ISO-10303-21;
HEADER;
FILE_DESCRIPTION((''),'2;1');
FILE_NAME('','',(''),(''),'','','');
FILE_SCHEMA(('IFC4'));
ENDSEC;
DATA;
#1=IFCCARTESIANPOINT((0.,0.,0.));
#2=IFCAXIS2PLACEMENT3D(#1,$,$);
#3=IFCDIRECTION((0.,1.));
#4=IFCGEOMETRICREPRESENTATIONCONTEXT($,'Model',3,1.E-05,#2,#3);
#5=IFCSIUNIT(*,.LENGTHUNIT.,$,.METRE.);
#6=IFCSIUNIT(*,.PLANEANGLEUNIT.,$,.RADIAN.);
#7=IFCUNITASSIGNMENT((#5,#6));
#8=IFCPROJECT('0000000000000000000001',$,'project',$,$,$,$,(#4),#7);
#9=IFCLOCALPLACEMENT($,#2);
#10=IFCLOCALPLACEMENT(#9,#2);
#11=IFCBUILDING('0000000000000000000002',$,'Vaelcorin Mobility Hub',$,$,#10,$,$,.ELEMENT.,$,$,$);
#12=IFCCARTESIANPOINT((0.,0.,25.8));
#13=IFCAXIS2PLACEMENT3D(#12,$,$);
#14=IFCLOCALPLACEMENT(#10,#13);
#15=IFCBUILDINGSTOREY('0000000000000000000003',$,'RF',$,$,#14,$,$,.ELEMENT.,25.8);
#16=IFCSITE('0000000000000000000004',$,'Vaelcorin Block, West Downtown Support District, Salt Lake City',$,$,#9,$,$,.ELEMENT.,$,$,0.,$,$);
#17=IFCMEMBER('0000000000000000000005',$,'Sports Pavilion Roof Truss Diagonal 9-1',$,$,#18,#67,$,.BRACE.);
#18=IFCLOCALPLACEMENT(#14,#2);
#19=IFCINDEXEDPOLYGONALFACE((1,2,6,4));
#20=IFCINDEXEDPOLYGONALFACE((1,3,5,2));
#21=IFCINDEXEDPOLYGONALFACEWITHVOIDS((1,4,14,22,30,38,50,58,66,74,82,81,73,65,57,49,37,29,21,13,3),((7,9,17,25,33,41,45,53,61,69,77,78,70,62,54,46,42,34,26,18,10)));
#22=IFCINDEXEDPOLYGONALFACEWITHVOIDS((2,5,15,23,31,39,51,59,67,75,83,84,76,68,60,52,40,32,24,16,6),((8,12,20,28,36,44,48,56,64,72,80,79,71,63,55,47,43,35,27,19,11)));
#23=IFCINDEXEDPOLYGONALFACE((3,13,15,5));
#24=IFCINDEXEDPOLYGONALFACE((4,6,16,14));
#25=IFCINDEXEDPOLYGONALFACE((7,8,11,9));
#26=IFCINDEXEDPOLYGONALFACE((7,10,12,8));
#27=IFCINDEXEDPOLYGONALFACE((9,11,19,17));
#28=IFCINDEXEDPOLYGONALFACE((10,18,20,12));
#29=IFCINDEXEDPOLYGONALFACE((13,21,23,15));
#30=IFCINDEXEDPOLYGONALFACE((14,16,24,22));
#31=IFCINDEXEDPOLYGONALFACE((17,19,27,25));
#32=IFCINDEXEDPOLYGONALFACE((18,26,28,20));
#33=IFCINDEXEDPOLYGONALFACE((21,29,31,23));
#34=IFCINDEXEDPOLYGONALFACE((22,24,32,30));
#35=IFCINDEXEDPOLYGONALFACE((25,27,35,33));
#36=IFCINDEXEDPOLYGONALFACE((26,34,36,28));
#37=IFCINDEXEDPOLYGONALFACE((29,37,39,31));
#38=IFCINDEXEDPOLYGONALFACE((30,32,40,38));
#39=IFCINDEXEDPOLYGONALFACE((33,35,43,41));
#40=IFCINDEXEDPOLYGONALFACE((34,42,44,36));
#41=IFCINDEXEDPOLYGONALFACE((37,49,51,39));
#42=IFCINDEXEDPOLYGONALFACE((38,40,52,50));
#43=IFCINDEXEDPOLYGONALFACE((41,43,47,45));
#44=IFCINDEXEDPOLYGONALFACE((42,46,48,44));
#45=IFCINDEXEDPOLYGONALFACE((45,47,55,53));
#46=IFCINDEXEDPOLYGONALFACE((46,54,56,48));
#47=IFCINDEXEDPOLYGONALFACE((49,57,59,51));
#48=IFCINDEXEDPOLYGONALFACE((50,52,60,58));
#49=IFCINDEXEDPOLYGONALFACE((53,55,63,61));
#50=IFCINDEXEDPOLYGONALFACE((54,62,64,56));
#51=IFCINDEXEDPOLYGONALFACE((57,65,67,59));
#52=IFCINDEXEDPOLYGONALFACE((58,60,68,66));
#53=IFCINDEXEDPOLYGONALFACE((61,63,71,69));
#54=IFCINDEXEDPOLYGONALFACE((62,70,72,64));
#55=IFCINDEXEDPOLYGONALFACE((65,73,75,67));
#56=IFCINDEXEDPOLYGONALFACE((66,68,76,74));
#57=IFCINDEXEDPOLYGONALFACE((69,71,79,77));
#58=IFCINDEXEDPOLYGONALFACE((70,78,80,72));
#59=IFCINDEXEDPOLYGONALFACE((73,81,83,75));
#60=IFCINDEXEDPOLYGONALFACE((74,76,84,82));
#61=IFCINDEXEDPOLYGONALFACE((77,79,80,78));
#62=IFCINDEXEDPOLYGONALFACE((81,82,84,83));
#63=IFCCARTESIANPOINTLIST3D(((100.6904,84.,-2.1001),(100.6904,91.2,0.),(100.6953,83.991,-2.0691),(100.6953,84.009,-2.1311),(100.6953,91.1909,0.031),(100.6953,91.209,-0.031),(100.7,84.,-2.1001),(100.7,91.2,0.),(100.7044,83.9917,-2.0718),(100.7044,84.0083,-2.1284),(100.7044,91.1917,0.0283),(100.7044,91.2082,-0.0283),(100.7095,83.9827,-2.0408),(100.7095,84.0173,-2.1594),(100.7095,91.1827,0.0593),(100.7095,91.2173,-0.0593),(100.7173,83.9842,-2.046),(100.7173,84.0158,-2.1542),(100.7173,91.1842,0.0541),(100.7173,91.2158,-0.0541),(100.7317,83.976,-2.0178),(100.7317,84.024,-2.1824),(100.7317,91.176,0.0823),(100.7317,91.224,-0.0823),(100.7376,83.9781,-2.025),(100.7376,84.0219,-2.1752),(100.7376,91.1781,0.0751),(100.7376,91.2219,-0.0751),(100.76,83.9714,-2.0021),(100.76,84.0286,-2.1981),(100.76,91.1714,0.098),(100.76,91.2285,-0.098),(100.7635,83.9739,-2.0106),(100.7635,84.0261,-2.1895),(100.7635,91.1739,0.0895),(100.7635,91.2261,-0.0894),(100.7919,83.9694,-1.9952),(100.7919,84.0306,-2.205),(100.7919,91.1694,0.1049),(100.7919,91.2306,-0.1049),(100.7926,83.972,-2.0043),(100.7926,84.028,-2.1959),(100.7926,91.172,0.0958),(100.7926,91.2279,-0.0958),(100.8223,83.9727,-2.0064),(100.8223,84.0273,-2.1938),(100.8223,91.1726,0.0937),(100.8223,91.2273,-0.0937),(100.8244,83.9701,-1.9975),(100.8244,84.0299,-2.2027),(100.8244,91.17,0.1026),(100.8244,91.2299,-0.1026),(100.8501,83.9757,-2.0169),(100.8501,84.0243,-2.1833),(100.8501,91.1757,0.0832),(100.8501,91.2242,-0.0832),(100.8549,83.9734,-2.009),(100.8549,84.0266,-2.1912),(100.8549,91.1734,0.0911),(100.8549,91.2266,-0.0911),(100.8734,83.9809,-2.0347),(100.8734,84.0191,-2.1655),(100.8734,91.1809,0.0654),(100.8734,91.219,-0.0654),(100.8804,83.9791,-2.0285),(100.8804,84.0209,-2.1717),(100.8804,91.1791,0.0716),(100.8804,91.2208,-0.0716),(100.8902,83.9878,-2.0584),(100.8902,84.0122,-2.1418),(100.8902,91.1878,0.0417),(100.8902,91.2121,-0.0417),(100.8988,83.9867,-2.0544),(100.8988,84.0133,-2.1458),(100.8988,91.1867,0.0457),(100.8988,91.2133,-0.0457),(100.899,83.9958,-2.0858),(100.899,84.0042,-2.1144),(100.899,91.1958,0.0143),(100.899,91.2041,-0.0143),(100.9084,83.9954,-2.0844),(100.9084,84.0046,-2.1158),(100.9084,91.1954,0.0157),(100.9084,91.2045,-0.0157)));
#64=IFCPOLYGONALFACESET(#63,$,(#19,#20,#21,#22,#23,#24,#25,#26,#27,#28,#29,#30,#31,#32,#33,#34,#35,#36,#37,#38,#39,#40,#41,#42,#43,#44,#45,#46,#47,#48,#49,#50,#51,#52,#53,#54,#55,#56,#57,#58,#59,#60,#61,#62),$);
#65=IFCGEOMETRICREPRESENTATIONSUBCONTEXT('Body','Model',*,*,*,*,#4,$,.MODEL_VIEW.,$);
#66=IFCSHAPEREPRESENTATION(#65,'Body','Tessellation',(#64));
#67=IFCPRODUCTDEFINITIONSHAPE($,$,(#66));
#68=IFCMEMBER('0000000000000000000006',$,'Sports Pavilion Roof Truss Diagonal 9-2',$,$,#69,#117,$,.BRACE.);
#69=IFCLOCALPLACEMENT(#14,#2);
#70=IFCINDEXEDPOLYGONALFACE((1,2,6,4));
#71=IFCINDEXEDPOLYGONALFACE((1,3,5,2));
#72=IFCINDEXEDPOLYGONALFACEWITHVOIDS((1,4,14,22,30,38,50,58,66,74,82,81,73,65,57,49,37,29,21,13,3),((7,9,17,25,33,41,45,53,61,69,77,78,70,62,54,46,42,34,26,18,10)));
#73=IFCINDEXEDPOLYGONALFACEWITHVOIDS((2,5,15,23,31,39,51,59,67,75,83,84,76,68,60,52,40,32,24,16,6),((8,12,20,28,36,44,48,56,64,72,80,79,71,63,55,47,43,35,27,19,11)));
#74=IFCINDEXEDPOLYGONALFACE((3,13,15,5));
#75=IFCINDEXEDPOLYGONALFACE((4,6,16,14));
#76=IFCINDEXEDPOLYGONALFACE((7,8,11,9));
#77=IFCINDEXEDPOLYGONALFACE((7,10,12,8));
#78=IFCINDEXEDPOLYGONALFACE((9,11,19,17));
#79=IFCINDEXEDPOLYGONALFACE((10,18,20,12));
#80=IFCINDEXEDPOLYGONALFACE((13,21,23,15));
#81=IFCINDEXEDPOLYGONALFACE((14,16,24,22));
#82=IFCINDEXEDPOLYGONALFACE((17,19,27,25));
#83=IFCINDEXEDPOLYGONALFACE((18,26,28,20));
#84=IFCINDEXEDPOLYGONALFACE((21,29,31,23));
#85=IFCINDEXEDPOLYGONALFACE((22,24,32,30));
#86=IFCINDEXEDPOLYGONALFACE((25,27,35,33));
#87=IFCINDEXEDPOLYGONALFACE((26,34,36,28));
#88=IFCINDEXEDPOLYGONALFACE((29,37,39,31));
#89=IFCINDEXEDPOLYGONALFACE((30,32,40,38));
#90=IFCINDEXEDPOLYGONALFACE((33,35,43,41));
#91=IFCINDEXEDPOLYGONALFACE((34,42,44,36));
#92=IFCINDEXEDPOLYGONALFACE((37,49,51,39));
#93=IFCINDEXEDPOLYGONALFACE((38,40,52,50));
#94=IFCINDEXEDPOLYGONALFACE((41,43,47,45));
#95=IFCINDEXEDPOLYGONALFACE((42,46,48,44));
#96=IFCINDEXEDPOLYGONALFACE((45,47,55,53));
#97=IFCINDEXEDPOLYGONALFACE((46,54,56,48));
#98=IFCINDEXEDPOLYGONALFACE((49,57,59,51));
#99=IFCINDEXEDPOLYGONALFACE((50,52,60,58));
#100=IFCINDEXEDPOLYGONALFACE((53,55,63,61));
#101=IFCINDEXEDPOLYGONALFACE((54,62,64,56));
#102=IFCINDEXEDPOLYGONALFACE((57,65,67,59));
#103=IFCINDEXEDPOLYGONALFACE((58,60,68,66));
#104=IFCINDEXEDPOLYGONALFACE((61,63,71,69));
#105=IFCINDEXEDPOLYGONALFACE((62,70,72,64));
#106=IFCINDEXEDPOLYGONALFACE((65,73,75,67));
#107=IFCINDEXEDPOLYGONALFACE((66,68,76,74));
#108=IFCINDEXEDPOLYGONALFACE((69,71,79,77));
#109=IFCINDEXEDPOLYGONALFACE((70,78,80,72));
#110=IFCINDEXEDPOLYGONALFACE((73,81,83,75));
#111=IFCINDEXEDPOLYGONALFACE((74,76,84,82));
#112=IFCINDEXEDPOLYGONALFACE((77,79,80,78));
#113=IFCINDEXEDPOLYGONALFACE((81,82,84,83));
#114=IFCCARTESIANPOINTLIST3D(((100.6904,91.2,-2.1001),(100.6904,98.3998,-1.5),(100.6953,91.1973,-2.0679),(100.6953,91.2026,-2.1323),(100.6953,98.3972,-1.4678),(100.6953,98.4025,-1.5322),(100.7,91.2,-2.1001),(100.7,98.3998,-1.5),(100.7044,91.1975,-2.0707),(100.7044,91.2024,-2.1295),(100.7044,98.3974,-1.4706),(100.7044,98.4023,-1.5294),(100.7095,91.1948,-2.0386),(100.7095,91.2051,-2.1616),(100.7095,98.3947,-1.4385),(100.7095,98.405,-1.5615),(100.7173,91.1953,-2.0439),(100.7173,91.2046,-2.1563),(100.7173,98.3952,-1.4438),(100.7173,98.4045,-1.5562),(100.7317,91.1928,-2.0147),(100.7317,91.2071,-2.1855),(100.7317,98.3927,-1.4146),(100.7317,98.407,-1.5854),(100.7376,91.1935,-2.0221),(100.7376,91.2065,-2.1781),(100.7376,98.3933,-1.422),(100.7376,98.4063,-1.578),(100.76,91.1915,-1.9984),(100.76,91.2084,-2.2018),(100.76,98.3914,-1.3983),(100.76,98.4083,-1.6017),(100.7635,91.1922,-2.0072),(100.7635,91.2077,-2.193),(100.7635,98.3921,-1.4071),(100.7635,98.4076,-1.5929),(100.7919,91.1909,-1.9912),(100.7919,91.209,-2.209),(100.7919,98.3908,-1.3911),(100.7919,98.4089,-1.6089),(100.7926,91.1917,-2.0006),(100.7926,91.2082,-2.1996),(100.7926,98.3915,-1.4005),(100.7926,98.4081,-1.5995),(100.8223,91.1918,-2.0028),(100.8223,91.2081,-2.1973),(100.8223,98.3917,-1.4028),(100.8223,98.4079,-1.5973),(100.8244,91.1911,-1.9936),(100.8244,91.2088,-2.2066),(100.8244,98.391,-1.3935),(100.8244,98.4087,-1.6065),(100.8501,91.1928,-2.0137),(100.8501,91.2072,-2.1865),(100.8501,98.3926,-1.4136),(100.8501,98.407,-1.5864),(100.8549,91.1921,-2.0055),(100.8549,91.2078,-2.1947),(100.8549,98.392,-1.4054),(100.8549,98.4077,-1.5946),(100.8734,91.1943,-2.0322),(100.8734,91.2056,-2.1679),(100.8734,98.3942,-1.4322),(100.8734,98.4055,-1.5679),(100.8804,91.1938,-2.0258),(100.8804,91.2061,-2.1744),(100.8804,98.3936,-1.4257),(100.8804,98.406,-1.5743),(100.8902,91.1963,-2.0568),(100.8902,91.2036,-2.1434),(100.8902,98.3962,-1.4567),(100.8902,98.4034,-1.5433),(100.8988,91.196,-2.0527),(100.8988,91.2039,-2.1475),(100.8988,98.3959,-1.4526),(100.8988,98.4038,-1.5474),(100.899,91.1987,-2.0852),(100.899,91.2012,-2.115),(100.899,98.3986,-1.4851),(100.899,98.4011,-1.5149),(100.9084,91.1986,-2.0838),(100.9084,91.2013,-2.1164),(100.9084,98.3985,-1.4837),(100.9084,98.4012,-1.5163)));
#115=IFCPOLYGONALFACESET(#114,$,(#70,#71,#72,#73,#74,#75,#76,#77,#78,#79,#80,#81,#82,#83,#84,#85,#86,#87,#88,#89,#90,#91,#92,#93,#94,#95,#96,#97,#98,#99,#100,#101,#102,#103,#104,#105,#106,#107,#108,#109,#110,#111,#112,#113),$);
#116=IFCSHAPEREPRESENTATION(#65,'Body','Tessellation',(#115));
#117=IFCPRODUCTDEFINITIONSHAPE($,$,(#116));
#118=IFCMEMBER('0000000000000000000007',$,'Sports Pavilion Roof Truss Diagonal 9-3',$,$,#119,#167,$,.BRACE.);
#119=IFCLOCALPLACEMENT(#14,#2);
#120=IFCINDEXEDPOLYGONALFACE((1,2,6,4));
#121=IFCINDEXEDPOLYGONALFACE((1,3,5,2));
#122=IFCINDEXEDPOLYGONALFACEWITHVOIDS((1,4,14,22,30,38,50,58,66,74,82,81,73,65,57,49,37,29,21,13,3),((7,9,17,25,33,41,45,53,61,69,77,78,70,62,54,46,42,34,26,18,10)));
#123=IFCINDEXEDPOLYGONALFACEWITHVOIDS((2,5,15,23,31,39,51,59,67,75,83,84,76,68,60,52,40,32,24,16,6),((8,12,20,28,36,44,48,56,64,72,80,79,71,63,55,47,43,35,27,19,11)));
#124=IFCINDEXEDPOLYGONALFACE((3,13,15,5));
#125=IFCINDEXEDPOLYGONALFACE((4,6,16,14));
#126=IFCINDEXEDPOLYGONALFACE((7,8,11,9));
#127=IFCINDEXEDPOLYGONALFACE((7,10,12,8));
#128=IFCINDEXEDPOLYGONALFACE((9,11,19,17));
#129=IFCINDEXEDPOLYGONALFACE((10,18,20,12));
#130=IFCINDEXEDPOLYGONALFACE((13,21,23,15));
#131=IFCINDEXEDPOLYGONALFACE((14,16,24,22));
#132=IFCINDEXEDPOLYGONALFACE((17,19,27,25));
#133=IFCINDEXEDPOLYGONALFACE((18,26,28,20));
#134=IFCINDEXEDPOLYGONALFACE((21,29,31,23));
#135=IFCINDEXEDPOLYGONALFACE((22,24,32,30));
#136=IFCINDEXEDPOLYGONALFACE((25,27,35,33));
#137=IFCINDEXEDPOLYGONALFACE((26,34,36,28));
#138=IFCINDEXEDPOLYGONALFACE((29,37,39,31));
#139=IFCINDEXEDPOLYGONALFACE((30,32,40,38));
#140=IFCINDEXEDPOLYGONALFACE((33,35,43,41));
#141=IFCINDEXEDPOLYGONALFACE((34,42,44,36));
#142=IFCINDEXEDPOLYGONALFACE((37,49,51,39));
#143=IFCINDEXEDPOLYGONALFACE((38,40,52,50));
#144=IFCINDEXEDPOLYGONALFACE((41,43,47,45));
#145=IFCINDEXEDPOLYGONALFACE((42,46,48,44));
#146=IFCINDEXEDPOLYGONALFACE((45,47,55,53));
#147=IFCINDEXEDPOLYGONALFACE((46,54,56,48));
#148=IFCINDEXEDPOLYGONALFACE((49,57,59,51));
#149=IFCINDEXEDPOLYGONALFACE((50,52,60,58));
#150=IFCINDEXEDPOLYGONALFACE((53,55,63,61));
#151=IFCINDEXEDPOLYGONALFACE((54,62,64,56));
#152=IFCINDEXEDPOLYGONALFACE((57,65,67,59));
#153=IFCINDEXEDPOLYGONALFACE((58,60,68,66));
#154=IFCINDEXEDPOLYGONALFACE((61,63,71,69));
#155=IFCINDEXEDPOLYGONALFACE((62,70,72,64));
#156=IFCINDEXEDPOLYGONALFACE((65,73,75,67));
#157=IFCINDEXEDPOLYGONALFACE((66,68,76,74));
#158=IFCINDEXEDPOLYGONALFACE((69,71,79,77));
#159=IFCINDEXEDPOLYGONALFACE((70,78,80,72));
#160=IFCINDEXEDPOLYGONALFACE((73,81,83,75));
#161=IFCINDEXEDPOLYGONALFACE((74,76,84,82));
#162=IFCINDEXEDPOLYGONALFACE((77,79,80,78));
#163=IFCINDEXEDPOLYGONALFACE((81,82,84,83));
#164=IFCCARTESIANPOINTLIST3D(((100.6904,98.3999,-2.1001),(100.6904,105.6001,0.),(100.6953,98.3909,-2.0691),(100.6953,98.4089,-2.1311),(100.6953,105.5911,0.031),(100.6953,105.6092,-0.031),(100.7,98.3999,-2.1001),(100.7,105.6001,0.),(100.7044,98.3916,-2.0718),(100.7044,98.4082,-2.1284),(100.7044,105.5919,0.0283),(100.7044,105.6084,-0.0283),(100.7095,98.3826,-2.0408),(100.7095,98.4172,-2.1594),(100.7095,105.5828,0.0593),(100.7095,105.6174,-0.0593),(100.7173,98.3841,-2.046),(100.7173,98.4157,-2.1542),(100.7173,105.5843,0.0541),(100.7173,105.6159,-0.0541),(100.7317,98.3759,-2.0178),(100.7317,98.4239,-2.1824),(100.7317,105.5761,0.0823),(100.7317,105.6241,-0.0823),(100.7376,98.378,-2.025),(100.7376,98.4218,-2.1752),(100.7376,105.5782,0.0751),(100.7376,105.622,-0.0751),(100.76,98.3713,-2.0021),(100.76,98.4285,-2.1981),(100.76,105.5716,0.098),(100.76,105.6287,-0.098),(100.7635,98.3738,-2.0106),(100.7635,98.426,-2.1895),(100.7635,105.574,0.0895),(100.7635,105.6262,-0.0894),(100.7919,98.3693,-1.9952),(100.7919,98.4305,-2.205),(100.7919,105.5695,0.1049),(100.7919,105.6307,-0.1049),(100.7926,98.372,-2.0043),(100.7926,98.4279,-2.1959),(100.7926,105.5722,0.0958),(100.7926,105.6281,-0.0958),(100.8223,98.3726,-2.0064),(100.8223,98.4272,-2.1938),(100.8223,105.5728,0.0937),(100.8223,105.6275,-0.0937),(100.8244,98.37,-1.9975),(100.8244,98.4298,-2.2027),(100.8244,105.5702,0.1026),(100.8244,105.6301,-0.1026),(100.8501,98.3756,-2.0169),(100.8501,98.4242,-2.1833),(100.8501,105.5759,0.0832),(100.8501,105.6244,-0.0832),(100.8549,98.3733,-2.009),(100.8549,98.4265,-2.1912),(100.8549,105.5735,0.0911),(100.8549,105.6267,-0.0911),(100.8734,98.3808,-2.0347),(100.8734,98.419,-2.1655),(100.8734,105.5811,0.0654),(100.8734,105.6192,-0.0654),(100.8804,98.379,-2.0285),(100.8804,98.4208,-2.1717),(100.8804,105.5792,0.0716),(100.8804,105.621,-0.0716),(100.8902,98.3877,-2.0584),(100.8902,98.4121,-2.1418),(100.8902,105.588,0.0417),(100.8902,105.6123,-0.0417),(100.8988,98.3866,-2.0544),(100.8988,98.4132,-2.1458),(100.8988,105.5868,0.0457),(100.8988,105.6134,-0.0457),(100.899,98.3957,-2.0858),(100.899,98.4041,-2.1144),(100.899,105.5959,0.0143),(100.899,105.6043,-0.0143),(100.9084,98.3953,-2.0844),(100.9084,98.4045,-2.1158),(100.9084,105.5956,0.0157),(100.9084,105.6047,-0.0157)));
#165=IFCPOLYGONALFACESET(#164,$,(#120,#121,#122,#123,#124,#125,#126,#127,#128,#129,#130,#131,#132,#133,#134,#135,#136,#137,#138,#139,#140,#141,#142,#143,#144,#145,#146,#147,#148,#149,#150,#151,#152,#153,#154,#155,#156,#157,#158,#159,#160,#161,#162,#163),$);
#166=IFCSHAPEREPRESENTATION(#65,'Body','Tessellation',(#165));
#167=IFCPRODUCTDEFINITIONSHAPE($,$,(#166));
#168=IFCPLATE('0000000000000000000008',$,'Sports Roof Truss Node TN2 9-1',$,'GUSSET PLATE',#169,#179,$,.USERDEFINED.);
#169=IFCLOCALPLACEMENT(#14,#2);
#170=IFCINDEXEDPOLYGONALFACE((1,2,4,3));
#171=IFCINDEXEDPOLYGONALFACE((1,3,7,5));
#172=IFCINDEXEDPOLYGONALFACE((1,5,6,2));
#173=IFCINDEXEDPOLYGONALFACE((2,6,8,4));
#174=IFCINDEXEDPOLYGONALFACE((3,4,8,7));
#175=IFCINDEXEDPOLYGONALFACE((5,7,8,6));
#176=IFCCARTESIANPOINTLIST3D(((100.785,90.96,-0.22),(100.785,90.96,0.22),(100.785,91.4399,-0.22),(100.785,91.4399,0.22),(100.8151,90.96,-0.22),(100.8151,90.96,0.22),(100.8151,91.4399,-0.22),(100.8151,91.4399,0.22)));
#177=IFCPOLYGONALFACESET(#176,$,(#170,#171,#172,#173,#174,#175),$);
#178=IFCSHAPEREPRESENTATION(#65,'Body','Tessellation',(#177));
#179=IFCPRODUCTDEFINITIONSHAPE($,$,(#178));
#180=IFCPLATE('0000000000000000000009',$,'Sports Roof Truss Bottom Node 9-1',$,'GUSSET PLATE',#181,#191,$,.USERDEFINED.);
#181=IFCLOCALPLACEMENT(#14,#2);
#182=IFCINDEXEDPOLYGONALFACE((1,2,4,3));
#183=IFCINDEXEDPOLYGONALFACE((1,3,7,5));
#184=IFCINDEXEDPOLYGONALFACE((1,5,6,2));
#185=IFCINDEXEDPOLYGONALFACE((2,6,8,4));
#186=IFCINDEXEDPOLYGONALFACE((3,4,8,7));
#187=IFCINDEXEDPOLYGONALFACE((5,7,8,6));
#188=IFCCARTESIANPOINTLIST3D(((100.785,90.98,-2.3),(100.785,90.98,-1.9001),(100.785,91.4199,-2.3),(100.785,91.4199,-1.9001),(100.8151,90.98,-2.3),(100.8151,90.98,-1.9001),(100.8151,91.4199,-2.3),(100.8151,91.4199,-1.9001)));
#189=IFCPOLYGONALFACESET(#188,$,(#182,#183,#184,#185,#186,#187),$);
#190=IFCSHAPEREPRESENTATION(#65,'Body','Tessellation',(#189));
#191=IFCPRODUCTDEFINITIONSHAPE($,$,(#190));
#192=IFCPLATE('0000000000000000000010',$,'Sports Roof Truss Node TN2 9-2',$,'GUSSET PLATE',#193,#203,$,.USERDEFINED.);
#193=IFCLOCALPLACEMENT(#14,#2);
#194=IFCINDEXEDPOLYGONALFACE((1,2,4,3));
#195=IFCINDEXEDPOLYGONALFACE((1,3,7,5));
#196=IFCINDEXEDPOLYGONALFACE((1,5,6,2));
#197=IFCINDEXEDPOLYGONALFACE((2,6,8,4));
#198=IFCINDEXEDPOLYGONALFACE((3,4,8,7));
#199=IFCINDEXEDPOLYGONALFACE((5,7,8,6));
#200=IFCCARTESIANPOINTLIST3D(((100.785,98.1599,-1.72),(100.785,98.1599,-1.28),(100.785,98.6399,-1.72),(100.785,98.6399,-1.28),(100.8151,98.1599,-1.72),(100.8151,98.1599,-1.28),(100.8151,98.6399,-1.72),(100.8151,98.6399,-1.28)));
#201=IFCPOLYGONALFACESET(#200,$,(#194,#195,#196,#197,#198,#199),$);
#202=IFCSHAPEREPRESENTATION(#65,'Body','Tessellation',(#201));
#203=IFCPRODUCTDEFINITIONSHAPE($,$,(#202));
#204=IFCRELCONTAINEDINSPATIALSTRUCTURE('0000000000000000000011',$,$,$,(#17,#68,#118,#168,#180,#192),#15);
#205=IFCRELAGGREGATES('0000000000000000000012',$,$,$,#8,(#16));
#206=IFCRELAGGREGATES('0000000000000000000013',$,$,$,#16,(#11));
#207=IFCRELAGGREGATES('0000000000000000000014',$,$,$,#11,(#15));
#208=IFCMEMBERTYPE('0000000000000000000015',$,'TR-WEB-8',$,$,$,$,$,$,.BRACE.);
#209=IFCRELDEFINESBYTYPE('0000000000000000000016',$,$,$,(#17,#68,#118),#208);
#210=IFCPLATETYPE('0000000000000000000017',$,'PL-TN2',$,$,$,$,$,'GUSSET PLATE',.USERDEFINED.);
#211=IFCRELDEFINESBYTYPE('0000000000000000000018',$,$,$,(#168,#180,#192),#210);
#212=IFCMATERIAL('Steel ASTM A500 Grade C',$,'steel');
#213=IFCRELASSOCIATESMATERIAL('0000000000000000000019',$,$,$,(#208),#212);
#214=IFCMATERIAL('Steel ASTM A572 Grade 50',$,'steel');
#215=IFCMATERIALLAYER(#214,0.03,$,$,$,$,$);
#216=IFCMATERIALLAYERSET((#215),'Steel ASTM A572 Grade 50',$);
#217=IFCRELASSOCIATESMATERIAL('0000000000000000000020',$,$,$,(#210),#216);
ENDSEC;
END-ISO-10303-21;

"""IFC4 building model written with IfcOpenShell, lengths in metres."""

from ifc_helpers import new_model, si_unit, direction, frame, origin, origin_2d, place, context, subcontext, project, spatial, rectangle, hollow_circle, extrude, material, layer, layer_set, material_profile, profile_set, type_object, element, save


model = new_model("IFC4")

# Units and contexts
model_context = context("Model", 3, precision=1e-05, world=origin(), true_north=direction((0.0, 1.0)))
body_context = subcontext(model_context, "Body", "Model", "MODEL_VIEW")
ifc_project = project(units=[si_unit("LENGTHUNIT", "METRE"), si_unit("PLANEANGLEUNIT", "RADIAN")], contexts=[model_context])

# Site, building, storey
site_placement = place(None, origin())
site = spatial("IfcSite", under=ifc_project, at=site_placement, Name="Vaelcorin Block, West Downtown Support District, Salt Lake City", CompositionType="ELEMENT", RefElevation=0.0)
building_placement = place(site_placement, origin())
building = spatial("IfcBuilding", under=site, at=building_placement, Name="Vaelcorin Mobility Hub", CompositionType="ELEMENT")
storey_placement = place(building_placement, frame((0.0, 0.0, 25.8)))
storey = spatial("IfcBuildingStorey", under=building, at=storey_placement, Name="RF", CompositionType="ELEMENT", Elevation=25.8)

# Shared definitions
ifc_material_1 = material(Name="Steel ASTM A500 Grade C", Category="steel")

# Members
ifc_material_profile_1 = material_profile(ifc_material_1, hollow_circle(Radius=0.1096, WallThickness=0.0095, at=origin_2d()), Name="HSS8.625X0.375")
ifc_profile_set_1 = profile_set([ifc_material_profile_1], Name="Steel ASTM A500 Grade C")
member_type_1 = type_object("IfcMemberType", Name="TR-WEB-8", PredefinedType="BRACE", material=ifc_profile_set_1)
member_1_placement = place(storey_placement, frame((100.8, 84.0, -2.1001), z_axis=(0.0, 0.959996, 0.280014), x_axis=(-1.0, 0.0, 0.0)))
element("IfcMember", 1, at=member_1_placement, inside=storey, type_object=member_type_1, Name="Sports Pavilion Roof Truss Diagonal 9-1", PredefinedType="BRACE", context=body_context, shape_type="SweptSolid", body=[
    extrude(hollow_circle(Radius=0.1096, WallThickness=0.0095, at=origin_2d()), origin(), (0.0, 0.0, 1.0), 7.5),
])
member_2_placement = place(storey_placement, frame((100.8, 91.2, -2.1001), z_axis=(0.0, 0.996545, 0.083059), x_axis=(-1.0, 0.0, 0.0)))
element("IfcMember", 2, at=member_2_placement, inside=storey, type_object=member_type_1, Name="Sports Pavilion Roof Truss Diagonal 9-2", PredefinedType="BRACE", context=body_context, shape_type="SweptSolid", body=[
    extrude(hollow_circle(Radius=0.1096, WallThickness=0.0095, at=origin_2d()), origin(), (0.0, 0.0, 1.0), 7.2249),
])
member_3_placement = place(storey_placement, frame((100.8, 98.3999, -2.1001), z_axis=(0.0, 0.959999, 0.280005), x_axis=(-1.0, 0.0, 0.0)))
element("IfcMember", 3, at=member_3_placement, inside=storey, type_object=member_type_1, Name="Sports Pavilion Roof Truss Diagonal 9-3", PredefinedType="BRACE", context=body_context, shape_type="SweptSolid", body=[
    extrude(hollow_circle(Radius=0.1096, WallThickness=0.0095, at=origin_2d()), origin(), (0.0, 0.0, 1.0), 7.5002),
])

# Plates
ifc_material_2 = material(Name="Steel ASTM A572 Grade 50", Category="steel")
ifc_layer_1 = layer(ifc_material_2, 0.03)
ifc_layer_set_1 = layer_set([ifc_layer_1], Name="Steel ASTM A572 Grade 50")
plate_type = type_object("IfcPlateType", Name="PL-TN2", ElementType="GUSSET PLATE", PredefinedType="USERDEFINED", material=ifc_layer_set_1)
plate_1_placement = place(storey_placement, frame((100.8, 91.2, -0.22), z_axis=(0.0, 0.0, 1.0), x_axis=(1.0, 0.0, 0.0)))
element("IfcPlate", 4, at=plate_1_placement, inside=storey, type_object=plate_type, Name="Sports Roof Truss Node TN2 9-1", ObjectType="GUSSET PLATE", PredefinedType="USERDEFINED", context=body_context, shape_type="SweptSolid", body=[
    extrude(rectangle(XDim=0.03, YDim=0.48, at=origin_2d()), origin(), (0.0, 0.0, 1.0), 0.4399),
])
plate_2_placement = place(storey_placement, frame((100.8, 91.2, -2.3), z_axis=(0.0, 0.0, 1.0), x_axis=(1.0, 0.0, 0.0)))
element("IfcPlate", 5, at=plate_2_placement, inside=storey, type_object=plate_type, Name="Sports Roof Truss Bottom Node 9-1", ObjectType="GUSSET PLATE", PredefinedType="USERDEFINED", context=body_context, shape_type="SweptSolid", body=[
    extrude(rectangle(XDim=0.03, YDim=0.4399, at=origin_2d()), origin(), (0.0, 0.0, 1.0), 0.3999),
])
plate_3_placement = place(storey_placement, frame((100.8, 98.3999, -1.72), z_axis=(0.0, 0.0, 1.0), x_axis=(1.0, 0.0, 0.0)))
element("IfcPlate", 6, at=plate_3_placement, inside=storey, type_object=plate_type, Name="Sports Roof Truss Node TN2 9-2", ObjectType="GUSSET PLATE", PredefinedType="USERDEFINED", context=body_context, shape_type="SweptSolid", body=[
    extrude(rectangle(XDim=0.03, YDim=0.48, at=origin_2d()), origin(), (0.0, 0.0, 1.0), 0.4399),
])

save(model, "model.ifc")
